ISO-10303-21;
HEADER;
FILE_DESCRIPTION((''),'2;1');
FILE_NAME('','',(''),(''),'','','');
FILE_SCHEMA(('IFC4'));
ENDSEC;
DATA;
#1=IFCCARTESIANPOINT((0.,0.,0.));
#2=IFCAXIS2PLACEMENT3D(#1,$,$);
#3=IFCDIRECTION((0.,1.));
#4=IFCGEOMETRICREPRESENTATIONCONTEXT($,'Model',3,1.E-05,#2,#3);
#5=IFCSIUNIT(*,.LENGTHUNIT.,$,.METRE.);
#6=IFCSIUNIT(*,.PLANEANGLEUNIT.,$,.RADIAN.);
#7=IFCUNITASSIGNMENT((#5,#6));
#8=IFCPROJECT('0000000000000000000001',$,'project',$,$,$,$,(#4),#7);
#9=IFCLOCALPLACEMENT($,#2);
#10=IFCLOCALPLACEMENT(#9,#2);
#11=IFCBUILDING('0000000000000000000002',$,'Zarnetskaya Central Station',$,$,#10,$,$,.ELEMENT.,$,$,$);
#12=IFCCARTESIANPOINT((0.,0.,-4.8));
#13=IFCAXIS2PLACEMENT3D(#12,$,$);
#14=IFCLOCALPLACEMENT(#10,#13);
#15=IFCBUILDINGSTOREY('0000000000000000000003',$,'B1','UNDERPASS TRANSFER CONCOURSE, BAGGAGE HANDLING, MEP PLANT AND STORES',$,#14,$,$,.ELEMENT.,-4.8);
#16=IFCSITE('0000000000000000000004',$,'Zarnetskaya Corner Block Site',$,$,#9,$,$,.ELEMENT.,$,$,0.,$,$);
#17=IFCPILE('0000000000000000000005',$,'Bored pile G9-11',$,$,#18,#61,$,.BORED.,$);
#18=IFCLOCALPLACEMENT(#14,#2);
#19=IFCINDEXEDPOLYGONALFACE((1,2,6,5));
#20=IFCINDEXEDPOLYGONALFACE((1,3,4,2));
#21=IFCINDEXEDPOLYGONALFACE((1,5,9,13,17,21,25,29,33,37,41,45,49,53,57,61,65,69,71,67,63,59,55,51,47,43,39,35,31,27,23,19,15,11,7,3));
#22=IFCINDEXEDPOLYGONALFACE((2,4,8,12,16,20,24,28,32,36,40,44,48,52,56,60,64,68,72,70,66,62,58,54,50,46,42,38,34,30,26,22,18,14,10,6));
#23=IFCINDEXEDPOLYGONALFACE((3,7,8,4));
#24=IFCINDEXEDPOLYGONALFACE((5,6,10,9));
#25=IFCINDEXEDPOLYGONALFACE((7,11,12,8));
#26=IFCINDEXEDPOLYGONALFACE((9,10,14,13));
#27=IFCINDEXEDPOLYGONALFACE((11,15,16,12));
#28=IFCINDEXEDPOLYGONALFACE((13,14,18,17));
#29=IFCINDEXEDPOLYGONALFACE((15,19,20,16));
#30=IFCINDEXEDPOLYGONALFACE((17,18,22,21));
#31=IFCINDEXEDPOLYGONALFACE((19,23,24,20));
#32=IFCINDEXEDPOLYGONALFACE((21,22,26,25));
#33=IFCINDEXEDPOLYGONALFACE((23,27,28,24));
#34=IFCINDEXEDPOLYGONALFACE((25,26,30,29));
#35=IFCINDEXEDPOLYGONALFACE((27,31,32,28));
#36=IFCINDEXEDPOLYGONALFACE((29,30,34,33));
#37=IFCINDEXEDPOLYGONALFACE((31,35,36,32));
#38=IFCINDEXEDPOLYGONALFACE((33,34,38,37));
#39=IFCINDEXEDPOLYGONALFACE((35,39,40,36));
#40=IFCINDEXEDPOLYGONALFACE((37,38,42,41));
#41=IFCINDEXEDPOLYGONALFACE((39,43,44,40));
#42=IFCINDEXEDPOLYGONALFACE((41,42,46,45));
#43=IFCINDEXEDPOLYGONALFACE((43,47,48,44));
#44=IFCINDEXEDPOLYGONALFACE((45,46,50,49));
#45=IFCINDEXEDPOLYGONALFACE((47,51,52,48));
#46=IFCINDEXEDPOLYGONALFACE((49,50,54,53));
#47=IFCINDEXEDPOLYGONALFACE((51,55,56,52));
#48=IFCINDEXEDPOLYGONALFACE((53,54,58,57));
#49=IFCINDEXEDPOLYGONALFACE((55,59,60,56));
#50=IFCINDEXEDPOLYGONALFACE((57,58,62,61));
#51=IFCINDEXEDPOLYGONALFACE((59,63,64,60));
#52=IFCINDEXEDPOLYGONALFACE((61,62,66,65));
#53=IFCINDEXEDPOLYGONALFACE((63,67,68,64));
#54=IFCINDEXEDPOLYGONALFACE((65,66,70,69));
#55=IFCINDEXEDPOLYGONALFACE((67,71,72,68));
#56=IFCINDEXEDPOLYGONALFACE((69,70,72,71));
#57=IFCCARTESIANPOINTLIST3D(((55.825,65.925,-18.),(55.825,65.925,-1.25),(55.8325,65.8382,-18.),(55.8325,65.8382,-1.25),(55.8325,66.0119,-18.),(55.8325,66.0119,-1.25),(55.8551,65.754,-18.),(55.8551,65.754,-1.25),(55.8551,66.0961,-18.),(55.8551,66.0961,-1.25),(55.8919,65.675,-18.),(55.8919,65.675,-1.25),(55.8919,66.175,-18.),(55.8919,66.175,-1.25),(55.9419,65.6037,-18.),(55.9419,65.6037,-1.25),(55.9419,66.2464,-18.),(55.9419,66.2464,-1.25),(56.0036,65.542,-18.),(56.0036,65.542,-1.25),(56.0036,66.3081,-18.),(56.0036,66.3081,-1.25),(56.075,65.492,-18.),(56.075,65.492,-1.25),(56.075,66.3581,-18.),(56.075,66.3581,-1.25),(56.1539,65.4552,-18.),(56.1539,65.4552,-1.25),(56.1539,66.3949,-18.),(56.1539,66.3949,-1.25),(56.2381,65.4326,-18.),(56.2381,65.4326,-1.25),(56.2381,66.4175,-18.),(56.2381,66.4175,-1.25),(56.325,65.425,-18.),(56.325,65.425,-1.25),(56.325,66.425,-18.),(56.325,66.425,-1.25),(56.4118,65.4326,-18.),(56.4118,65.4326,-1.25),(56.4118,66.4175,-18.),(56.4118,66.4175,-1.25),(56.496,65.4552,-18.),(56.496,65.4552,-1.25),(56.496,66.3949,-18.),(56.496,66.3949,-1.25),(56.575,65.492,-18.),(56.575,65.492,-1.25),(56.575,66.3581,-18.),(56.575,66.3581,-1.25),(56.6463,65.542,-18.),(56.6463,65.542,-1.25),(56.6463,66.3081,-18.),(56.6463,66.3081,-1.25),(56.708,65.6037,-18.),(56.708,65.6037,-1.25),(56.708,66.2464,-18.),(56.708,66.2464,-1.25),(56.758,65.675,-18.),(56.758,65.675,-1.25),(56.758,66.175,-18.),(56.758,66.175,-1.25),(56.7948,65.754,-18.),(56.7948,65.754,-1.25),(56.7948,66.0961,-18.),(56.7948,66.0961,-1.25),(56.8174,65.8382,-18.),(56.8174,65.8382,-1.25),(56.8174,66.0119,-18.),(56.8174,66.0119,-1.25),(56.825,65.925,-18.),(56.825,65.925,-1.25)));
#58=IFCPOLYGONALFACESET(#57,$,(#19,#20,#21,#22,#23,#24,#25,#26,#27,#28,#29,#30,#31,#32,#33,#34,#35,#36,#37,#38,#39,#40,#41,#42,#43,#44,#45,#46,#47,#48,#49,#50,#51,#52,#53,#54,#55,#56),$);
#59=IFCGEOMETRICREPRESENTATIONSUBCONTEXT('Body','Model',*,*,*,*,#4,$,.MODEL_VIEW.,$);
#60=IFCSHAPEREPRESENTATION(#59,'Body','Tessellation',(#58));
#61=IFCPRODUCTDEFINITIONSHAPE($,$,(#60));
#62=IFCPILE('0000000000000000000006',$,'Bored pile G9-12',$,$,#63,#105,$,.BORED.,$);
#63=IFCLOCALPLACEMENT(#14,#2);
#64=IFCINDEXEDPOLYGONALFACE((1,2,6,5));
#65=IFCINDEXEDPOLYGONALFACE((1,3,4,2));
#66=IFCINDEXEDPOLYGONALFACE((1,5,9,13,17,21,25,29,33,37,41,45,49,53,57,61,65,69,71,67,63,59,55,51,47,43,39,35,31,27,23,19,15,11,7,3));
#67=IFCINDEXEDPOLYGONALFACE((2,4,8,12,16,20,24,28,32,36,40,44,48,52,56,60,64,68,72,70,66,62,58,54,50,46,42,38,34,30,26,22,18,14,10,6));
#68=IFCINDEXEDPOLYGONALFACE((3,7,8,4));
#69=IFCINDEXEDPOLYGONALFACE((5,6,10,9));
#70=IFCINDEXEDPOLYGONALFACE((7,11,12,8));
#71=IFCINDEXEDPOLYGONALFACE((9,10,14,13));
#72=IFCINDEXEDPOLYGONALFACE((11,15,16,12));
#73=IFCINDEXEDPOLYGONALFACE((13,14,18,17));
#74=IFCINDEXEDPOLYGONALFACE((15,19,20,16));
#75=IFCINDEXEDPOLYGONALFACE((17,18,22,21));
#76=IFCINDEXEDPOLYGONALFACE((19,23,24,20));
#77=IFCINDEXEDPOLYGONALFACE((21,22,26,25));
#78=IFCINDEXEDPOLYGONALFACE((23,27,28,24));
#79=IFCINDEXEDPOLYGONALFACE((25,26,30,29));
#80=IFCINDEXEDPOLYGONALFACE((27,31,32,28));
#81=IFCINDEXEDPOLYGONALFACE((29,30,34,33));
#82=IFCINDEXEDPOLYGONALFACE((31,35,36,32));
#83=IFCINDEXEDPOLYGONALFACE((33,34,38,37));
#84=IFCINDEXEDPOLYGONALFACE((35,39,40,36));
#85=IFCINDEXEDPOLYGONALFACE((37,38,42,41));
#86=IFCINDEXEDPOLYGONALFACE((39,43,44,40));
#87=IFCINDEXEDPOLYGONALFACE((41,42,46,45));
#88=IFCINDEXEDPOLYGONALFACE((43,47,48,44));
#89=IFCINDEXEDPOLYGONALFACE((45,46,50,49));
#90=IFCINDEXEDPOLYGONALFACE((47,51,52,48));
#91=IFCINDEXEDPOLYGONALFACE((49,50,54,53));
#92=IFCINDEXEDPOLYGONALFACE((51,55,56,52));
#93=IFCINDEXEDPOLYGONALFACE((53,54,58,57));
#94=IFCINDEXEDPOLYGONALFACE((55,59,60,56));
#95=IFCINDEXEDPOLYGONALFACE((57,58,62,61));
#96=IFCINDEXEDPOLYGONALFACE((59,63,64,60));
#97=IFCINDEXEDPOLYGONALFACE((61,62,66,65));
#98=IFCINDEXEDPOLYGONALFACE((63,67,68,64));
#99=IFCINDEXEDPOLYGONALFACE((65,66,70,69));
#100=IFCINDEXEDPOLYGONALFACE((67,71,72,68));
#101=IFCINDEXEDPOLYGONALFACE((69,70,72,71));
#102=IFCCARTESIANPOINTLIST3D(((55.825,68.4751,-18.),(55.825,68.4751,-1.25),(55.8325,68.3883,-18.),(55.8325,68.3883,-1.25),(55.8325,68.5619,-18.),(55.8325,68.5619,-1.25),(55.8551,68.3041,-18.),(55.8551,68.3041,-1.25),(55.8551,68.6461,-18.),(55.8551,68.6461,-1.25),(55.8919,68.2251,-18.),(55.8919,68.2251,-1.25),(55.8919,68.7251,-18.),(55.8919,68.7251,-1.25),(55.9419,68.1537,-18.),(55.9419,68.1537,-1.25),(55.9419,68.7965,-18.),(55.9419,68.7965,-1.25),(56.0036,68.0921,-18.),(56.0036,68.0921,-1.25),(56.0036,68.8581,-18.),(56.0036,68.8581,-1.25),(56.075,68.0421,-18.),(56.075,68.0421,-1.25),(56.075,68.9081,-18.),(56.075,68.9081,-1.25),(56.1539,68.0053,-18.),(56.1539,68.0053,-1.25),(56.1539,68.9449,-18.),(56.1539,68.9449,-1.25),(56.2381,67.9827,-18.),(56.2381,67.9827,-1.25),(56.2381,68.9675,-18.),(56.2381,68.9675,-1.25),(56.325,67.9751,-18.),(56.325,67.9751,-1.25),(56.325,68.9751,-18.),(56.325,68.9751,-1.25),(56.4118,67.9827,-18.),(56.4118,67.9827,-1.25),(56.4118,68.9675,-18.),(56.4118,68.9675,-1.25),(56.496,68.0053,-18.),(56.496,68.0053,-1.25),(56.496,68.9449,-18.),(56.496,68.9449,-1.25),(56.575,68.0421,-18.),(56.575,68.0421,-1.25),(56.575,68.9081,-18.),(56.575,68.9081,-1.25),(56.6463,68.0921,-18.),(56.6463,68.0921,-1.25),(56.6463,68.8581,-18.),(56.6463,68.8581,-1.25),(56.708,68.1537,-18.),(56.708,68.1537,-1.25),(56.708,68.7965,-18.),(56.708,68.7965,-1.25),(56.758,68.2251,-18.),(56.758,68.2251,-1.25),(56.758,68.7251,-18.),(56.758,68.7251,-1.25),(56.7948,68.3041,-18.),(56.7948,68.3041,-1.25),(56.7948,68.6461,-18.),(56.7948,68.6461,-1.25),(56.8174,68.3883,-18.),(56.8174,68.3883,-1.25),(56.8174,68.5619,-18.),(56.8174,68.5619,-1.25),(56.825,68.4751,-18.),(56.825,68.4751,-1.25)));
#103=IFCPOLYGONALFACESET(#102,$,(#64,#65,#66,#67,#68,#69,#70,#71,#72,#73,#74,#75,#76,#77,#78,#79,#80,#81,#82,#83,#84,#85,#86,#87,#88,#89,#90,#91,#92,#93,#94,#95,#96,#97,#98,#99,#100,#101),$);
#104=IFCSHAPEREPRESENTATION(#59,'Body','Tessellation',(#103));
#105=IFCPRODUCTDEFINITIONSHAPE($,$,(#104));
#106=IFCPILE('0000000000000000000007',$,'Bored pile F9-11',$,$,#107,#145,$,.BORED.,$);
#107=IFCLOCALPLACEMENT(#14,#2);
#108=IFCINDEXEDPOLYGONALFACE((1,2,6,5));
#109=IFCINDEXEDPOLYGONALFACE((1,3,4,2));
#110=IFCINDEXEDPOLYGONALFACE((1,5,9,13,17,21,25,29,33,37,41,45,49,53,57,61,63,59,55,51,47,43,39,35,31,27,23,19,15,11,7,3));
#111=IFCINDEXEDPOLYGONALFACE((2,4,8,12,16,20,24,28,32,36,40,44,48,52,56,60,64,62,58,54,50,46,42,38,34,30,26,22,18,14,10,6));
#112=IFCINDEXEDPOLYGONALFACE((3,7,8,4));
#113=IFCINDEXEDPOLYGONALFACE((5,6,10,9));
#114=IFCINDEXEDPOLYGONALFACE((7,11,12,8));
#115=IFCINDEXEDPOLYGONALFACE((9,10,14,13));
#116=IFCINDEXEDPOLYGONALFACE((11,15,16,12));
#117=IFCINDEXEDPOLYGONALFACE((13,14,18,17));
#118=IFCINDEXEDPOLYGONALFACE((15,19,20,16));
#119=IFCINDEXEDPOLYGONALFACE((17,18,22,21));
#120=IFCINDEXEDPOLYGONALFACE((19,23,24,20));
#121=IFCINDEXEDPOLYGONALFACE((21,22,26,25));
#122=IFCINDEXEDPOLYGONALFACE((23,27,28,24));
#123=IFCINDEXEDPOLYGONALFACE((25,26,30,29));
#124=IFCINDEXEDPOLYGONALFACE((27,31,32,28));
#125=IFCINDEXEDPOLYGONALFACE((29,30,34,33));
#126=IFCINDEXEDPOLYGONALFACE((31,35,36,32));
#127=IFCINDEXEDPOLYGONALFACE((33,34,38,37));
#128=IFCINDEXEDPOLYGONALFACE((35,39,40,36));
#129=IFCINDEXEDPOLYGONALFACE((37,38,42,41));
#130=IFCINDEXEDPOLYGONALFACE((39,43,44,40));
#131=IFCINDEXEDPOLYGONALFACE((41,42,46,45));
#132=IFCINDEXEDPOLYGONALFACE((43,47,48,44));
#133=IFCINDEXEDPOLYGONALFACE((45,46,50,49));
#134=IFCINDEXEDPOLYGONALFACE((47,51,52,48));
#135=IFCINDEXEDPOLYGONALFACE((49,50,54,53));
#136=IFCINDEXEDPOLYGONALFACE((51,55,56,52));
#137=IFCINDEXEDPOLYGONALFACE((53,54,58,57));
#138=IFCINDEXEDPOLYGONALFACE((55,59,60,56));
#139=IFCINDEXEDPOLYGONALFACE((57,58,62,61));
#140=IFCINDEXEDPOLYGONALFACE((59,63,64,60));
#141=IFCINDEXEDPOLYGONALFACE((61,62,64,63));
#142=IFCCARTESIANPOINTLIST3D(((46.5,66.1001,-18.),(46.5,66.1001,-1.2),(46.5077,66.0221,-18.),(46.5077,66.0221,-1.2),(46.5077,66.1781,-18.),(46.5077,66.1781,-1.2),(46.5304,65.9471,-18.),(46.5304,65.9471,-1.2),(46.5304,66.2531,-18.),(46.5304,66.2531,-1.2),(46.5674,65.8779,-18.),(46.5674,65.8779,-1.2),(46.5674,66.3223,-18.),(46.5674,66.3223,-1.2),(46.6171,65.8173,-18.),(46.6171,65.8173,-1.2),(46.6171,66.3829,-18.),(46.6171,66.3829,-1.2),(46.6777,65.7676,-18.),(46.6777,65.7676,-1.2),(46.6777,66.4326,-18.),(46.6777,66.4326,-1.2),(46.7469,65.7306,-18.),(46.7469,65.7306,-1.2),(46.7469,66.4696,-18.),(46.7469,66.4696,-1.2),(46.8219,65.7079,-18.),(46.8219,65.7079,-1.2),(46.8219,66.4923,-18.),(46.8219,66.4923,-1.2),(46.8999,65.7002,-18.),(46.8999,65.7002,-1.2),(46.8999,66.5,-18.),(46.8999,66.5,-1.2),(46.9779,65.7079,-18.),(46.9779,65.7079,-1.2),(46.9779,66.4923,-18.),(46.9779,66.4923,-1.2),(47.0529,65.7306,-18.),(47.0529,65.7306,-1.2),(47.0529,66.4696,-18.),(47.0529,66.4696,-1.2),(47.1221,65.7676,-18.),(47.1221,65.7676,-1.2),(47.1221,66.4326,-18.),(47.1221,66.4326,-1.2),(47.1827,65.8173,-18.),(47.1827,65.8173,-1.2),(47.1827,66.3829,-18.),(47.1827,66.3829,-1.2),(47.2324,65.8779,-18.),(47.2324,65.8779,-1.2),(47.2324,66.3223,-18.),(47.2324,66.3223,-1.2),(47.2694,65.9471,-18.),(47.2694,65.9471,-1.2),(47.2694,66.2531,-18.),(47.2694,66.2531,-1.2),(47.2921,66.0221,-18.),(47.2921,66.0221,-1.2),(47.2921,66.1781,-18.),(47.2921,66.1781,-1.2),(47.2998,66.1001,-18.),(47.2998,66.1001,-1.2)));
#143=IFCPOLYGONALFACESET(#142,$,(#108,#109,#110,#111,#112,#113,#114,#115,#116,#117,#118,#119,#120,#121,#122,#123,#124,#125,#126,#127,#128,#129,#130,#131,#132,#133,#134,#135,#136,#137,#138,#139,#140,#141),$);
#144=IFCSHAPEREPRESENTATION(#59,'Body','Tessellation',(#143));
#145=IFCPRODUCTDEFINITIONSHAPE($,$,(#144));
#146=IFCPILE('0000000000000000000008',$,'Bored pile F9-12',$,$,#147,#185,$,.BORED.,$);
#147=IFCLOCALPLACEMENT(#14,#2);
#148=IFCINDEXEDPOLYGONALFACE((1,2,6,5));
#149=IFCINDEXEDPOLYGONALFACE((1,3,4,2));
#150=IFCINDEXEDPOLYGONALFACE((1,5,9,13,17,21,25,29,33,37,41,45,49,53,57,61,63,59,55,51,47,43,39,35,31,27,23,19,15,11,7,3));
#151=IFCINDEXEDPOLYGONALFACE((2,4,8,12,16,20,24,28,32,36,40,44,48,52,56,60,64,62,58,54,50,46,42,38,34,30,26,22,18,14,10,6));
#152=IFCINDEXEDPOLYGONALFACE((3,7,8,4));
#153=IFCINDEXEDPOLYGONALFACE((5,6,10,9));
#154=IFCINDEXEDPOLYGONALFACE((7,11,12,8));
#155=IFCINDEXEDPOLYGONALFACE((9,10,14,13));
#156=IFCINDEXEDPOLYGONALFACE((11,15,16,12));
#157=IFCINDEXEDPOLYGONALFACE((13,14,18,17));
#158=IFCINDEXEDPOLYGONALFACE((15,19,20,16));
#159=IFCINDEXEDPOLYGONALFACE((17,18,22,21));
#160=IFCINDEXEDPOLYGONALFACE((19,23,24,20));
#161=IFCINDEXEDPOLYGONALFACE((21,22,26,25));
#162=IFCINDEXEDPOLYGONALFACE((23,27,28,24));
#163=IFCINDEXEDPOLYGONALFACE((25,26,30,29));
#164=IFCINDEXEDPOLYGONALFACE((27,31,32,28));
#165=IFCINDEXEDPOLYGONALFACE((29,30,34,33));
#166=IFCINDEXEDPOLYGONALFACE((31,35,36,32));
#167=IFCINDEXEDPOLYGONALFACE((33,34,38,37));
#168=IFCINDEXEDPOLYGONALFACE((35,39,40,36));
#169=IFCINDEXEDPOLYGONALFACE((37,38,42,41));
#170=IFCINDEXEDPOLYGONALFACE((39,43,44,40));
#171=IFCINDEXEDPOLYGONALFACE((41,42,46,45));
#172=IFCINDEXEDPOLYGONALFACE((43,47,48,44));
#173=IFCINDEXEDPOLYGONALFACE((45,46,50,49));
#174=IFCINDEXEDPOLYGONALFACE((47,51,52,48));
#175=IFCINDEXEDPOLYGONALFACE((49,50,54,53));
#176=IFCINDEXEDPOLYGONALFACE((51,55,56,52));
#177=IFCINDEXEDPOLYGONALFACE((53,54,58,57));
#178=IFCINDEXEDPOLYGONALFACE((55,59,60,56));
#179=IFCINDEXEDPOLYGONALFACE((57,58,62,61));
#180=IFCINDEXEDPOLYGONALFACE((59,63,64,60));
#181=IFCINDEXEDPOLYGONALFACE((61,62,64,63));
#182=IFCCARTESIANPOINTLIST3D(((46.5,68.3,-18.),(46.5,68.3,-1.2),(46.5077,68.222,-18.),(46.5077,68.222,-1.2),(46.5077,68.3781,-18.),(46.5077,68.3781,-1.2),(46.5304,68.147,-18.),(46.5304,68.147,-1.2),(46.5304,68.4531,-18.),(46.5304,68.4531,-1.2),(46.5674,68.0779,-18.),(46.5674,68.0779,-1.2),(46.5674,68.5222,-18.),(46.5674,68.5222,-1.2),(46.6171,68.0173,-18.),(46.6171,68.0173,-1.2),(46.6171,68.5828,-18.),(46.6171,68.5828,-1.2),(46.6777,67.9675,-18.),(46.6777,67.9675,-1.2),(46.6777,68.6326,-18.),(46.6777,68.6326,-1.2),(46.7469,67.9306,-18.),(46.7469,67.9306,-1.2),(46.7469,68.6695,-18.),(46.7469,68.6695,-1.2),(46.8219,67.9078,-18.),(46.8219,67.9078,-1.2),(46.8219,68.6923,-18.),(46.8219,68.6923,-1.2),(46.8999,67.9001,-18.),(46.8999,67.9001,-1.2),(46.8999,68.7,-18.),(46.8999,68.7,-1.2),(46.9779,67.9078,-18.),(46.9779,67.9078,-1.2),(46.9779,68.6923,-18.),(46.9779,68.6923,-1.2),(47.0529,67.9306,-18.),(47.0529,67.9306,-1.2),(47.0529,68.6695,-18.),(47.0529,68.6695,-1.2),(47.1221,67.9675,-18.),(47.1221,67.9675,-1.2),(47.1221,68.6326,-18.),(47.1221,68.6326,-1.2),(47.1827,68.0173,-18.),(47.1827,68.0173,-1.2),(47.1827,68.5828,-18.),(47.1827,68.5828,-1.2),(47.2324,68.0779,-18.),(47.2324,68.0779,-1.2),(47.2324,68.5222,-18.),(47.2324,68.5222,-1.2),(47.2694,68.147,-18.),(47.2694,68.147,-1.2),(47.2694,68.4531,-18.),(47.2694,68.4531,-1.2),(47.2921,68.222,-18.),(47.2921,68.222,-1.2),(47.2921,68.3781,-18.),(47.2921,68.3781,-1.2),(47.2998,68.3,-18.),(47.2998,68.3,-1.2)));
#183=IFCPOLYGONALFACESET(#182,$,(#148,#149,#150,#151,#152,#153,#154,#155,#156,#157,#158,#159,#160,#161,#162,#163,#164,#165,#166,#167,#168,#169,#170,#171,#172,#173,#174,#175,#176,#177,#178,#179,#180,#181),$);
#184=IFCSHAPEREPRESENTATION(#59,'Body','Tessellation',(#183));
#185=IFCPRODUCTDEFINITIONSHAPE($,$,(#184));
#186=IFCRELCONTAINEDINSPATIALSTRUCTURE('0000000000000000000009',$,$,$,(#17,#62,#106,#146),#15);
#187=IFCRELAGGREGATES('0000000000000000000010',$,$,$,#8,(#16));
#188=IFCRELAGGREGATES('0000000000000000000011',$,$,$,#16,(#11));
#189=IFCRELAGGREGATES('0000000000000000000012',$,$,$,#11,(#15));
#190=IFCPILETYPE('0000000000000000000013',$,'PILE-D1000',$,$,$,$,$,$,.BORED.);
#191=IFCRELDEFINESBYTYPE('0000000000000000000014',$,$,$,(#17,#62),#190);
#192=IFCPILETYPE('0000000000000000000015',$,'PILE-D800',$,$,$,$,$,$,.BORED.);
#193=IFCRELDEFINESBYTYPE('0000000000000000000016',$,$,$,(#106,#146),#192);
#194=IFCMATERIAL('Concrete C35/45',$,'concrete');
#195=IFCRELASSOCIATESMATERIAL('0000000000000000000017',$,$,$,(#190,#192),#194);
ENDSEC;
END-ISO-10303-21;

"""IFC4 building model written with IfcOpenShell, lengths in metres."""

from ifc_helpers import new_model, si_unit, direction, frame, origin, origin_2d, place, context, subcontext, project, spatial, circle, extrude, material, material_profile, profile_set, type_object, element, save


model = new_model("IFC4")

# Units and contexts
model_context = context("Model", 3, precision=1e-05, world=origin(), true_north=direction((0.0, 1.0)))
body_context = subcontext(model_context, "Body", "Model", "MODEL_VIEW")
ifc_project = project(units=[si_unit("LENGTHUNIT", "METRE"), si_unit("PLANEANGLEUNIT", "RADIAN")], contexts=[model_context])

# Site, building, storey
site_placement = place(None, origin())
site = spatial("IfcSite", under=ifc_project, at=site_placement, Name="Zarnetskaya Corner Block Site", CompositionType="ELEMENT", RefElevation=0.0)
building_placement = place(site_placement, origin())
building = spatial("IfcBuilding", under=site, at=building_placement, Name="Zarnetskaya Central Station", CompositionType="ELEMENT")
storey_placement = place(building_placement, frame((0.0, 0.0, -4.8)))
storey = spatial("IfcBuildingStorey", under=building, at=storey_placement, Name="B1", Description="UNDERPASS TRANSFER CONCOURSE, BAGGAGE HANDLING, MEP PLANT AND STORES", CompositionType="ELEMENT", Elevation=-4.8)

# Shared definitions
ifc_material = material(Name="Concrete C35/45", Category="concrete")

# Piles
ifc_material_profile_1 = material_profile(ifc_material, circle(Radius=0.5, at=origin_2d()), Name="BORED PILE D1000")
ifc_profile_set_1 = profile_set([ifc_material_profile_1], Name="Concrete C35/45")
pile_type_1 = type_object("IfcPileType", Name="PILE-D1000", PredefinedType="BORED", material=ifc_profile_set_1)
for number, where, z_axis, x_axis, name in (
    (1, (56.325, 65.925, -1.25), (0.0, 0.0, -1.0), (1.0, 0.0, 0.0), "Bored pile G9-11"),
    (2, (56.325, 68.4751, -1.25), (0.0, 0.0, -1.0), (1.0, 0.0, 0.0), "Bored pile G9-12"),
):
    element("IfcPile", number, at=place(storey_placement, frame(where, z_axis=z_axis, x_axis=x_axis)), inside=storey, type_object=pile_type_1, Name=name, PredefinedType="BORED", context=body_context, shape_type="SweptSolid", body=[
        extrude(circle(Radius=0.5, at=origin_2d()), origin(), (0.0, 0.0, 1.0), 16.75),
    ])
ifc_material_profile_2 = material_profile(ifc_material, circle(Radius=0.3999, at=origin_2d()), Name="BORED PILE D800")
ifc_profile_set_2 = profile_set([ifc_material_profile_2], Name="Concrete C35/45")
pile_type_2 = type_object("IfcPileType", Name="PILE-D800", PredefinedType="BORED", material=ifc_profile_set_2)
for number, where, z_axis, x_axis, name in (
    (3, (46.8999, 66.1001, -1.2), (0.0, 0.0, -1.0), (1.0, 0.0, 0.0), "Bored pile F9-11"),
    (4, (46.8999, 68.3, -1.2), (0.0, 0.0, -1.0), (1.0, 0.0, 0.0), "Bored pile F9-12"),
):
    element("IfcPile", number, at=place(storey_placement, frame(where, z_axis=z_axis, x_axis=x_axis)), inside=storey, type_object=pile_type_2, Name=name, PredefinedType="BORED", context=body_context, shape_type="SweptSolid", body=[
        extrude(circle(Radius=0.3999, at=origin_2d()), origin(), (0.0, 0.0, 1.0), 16.8),
    ])

save(model, "model.ifc")
